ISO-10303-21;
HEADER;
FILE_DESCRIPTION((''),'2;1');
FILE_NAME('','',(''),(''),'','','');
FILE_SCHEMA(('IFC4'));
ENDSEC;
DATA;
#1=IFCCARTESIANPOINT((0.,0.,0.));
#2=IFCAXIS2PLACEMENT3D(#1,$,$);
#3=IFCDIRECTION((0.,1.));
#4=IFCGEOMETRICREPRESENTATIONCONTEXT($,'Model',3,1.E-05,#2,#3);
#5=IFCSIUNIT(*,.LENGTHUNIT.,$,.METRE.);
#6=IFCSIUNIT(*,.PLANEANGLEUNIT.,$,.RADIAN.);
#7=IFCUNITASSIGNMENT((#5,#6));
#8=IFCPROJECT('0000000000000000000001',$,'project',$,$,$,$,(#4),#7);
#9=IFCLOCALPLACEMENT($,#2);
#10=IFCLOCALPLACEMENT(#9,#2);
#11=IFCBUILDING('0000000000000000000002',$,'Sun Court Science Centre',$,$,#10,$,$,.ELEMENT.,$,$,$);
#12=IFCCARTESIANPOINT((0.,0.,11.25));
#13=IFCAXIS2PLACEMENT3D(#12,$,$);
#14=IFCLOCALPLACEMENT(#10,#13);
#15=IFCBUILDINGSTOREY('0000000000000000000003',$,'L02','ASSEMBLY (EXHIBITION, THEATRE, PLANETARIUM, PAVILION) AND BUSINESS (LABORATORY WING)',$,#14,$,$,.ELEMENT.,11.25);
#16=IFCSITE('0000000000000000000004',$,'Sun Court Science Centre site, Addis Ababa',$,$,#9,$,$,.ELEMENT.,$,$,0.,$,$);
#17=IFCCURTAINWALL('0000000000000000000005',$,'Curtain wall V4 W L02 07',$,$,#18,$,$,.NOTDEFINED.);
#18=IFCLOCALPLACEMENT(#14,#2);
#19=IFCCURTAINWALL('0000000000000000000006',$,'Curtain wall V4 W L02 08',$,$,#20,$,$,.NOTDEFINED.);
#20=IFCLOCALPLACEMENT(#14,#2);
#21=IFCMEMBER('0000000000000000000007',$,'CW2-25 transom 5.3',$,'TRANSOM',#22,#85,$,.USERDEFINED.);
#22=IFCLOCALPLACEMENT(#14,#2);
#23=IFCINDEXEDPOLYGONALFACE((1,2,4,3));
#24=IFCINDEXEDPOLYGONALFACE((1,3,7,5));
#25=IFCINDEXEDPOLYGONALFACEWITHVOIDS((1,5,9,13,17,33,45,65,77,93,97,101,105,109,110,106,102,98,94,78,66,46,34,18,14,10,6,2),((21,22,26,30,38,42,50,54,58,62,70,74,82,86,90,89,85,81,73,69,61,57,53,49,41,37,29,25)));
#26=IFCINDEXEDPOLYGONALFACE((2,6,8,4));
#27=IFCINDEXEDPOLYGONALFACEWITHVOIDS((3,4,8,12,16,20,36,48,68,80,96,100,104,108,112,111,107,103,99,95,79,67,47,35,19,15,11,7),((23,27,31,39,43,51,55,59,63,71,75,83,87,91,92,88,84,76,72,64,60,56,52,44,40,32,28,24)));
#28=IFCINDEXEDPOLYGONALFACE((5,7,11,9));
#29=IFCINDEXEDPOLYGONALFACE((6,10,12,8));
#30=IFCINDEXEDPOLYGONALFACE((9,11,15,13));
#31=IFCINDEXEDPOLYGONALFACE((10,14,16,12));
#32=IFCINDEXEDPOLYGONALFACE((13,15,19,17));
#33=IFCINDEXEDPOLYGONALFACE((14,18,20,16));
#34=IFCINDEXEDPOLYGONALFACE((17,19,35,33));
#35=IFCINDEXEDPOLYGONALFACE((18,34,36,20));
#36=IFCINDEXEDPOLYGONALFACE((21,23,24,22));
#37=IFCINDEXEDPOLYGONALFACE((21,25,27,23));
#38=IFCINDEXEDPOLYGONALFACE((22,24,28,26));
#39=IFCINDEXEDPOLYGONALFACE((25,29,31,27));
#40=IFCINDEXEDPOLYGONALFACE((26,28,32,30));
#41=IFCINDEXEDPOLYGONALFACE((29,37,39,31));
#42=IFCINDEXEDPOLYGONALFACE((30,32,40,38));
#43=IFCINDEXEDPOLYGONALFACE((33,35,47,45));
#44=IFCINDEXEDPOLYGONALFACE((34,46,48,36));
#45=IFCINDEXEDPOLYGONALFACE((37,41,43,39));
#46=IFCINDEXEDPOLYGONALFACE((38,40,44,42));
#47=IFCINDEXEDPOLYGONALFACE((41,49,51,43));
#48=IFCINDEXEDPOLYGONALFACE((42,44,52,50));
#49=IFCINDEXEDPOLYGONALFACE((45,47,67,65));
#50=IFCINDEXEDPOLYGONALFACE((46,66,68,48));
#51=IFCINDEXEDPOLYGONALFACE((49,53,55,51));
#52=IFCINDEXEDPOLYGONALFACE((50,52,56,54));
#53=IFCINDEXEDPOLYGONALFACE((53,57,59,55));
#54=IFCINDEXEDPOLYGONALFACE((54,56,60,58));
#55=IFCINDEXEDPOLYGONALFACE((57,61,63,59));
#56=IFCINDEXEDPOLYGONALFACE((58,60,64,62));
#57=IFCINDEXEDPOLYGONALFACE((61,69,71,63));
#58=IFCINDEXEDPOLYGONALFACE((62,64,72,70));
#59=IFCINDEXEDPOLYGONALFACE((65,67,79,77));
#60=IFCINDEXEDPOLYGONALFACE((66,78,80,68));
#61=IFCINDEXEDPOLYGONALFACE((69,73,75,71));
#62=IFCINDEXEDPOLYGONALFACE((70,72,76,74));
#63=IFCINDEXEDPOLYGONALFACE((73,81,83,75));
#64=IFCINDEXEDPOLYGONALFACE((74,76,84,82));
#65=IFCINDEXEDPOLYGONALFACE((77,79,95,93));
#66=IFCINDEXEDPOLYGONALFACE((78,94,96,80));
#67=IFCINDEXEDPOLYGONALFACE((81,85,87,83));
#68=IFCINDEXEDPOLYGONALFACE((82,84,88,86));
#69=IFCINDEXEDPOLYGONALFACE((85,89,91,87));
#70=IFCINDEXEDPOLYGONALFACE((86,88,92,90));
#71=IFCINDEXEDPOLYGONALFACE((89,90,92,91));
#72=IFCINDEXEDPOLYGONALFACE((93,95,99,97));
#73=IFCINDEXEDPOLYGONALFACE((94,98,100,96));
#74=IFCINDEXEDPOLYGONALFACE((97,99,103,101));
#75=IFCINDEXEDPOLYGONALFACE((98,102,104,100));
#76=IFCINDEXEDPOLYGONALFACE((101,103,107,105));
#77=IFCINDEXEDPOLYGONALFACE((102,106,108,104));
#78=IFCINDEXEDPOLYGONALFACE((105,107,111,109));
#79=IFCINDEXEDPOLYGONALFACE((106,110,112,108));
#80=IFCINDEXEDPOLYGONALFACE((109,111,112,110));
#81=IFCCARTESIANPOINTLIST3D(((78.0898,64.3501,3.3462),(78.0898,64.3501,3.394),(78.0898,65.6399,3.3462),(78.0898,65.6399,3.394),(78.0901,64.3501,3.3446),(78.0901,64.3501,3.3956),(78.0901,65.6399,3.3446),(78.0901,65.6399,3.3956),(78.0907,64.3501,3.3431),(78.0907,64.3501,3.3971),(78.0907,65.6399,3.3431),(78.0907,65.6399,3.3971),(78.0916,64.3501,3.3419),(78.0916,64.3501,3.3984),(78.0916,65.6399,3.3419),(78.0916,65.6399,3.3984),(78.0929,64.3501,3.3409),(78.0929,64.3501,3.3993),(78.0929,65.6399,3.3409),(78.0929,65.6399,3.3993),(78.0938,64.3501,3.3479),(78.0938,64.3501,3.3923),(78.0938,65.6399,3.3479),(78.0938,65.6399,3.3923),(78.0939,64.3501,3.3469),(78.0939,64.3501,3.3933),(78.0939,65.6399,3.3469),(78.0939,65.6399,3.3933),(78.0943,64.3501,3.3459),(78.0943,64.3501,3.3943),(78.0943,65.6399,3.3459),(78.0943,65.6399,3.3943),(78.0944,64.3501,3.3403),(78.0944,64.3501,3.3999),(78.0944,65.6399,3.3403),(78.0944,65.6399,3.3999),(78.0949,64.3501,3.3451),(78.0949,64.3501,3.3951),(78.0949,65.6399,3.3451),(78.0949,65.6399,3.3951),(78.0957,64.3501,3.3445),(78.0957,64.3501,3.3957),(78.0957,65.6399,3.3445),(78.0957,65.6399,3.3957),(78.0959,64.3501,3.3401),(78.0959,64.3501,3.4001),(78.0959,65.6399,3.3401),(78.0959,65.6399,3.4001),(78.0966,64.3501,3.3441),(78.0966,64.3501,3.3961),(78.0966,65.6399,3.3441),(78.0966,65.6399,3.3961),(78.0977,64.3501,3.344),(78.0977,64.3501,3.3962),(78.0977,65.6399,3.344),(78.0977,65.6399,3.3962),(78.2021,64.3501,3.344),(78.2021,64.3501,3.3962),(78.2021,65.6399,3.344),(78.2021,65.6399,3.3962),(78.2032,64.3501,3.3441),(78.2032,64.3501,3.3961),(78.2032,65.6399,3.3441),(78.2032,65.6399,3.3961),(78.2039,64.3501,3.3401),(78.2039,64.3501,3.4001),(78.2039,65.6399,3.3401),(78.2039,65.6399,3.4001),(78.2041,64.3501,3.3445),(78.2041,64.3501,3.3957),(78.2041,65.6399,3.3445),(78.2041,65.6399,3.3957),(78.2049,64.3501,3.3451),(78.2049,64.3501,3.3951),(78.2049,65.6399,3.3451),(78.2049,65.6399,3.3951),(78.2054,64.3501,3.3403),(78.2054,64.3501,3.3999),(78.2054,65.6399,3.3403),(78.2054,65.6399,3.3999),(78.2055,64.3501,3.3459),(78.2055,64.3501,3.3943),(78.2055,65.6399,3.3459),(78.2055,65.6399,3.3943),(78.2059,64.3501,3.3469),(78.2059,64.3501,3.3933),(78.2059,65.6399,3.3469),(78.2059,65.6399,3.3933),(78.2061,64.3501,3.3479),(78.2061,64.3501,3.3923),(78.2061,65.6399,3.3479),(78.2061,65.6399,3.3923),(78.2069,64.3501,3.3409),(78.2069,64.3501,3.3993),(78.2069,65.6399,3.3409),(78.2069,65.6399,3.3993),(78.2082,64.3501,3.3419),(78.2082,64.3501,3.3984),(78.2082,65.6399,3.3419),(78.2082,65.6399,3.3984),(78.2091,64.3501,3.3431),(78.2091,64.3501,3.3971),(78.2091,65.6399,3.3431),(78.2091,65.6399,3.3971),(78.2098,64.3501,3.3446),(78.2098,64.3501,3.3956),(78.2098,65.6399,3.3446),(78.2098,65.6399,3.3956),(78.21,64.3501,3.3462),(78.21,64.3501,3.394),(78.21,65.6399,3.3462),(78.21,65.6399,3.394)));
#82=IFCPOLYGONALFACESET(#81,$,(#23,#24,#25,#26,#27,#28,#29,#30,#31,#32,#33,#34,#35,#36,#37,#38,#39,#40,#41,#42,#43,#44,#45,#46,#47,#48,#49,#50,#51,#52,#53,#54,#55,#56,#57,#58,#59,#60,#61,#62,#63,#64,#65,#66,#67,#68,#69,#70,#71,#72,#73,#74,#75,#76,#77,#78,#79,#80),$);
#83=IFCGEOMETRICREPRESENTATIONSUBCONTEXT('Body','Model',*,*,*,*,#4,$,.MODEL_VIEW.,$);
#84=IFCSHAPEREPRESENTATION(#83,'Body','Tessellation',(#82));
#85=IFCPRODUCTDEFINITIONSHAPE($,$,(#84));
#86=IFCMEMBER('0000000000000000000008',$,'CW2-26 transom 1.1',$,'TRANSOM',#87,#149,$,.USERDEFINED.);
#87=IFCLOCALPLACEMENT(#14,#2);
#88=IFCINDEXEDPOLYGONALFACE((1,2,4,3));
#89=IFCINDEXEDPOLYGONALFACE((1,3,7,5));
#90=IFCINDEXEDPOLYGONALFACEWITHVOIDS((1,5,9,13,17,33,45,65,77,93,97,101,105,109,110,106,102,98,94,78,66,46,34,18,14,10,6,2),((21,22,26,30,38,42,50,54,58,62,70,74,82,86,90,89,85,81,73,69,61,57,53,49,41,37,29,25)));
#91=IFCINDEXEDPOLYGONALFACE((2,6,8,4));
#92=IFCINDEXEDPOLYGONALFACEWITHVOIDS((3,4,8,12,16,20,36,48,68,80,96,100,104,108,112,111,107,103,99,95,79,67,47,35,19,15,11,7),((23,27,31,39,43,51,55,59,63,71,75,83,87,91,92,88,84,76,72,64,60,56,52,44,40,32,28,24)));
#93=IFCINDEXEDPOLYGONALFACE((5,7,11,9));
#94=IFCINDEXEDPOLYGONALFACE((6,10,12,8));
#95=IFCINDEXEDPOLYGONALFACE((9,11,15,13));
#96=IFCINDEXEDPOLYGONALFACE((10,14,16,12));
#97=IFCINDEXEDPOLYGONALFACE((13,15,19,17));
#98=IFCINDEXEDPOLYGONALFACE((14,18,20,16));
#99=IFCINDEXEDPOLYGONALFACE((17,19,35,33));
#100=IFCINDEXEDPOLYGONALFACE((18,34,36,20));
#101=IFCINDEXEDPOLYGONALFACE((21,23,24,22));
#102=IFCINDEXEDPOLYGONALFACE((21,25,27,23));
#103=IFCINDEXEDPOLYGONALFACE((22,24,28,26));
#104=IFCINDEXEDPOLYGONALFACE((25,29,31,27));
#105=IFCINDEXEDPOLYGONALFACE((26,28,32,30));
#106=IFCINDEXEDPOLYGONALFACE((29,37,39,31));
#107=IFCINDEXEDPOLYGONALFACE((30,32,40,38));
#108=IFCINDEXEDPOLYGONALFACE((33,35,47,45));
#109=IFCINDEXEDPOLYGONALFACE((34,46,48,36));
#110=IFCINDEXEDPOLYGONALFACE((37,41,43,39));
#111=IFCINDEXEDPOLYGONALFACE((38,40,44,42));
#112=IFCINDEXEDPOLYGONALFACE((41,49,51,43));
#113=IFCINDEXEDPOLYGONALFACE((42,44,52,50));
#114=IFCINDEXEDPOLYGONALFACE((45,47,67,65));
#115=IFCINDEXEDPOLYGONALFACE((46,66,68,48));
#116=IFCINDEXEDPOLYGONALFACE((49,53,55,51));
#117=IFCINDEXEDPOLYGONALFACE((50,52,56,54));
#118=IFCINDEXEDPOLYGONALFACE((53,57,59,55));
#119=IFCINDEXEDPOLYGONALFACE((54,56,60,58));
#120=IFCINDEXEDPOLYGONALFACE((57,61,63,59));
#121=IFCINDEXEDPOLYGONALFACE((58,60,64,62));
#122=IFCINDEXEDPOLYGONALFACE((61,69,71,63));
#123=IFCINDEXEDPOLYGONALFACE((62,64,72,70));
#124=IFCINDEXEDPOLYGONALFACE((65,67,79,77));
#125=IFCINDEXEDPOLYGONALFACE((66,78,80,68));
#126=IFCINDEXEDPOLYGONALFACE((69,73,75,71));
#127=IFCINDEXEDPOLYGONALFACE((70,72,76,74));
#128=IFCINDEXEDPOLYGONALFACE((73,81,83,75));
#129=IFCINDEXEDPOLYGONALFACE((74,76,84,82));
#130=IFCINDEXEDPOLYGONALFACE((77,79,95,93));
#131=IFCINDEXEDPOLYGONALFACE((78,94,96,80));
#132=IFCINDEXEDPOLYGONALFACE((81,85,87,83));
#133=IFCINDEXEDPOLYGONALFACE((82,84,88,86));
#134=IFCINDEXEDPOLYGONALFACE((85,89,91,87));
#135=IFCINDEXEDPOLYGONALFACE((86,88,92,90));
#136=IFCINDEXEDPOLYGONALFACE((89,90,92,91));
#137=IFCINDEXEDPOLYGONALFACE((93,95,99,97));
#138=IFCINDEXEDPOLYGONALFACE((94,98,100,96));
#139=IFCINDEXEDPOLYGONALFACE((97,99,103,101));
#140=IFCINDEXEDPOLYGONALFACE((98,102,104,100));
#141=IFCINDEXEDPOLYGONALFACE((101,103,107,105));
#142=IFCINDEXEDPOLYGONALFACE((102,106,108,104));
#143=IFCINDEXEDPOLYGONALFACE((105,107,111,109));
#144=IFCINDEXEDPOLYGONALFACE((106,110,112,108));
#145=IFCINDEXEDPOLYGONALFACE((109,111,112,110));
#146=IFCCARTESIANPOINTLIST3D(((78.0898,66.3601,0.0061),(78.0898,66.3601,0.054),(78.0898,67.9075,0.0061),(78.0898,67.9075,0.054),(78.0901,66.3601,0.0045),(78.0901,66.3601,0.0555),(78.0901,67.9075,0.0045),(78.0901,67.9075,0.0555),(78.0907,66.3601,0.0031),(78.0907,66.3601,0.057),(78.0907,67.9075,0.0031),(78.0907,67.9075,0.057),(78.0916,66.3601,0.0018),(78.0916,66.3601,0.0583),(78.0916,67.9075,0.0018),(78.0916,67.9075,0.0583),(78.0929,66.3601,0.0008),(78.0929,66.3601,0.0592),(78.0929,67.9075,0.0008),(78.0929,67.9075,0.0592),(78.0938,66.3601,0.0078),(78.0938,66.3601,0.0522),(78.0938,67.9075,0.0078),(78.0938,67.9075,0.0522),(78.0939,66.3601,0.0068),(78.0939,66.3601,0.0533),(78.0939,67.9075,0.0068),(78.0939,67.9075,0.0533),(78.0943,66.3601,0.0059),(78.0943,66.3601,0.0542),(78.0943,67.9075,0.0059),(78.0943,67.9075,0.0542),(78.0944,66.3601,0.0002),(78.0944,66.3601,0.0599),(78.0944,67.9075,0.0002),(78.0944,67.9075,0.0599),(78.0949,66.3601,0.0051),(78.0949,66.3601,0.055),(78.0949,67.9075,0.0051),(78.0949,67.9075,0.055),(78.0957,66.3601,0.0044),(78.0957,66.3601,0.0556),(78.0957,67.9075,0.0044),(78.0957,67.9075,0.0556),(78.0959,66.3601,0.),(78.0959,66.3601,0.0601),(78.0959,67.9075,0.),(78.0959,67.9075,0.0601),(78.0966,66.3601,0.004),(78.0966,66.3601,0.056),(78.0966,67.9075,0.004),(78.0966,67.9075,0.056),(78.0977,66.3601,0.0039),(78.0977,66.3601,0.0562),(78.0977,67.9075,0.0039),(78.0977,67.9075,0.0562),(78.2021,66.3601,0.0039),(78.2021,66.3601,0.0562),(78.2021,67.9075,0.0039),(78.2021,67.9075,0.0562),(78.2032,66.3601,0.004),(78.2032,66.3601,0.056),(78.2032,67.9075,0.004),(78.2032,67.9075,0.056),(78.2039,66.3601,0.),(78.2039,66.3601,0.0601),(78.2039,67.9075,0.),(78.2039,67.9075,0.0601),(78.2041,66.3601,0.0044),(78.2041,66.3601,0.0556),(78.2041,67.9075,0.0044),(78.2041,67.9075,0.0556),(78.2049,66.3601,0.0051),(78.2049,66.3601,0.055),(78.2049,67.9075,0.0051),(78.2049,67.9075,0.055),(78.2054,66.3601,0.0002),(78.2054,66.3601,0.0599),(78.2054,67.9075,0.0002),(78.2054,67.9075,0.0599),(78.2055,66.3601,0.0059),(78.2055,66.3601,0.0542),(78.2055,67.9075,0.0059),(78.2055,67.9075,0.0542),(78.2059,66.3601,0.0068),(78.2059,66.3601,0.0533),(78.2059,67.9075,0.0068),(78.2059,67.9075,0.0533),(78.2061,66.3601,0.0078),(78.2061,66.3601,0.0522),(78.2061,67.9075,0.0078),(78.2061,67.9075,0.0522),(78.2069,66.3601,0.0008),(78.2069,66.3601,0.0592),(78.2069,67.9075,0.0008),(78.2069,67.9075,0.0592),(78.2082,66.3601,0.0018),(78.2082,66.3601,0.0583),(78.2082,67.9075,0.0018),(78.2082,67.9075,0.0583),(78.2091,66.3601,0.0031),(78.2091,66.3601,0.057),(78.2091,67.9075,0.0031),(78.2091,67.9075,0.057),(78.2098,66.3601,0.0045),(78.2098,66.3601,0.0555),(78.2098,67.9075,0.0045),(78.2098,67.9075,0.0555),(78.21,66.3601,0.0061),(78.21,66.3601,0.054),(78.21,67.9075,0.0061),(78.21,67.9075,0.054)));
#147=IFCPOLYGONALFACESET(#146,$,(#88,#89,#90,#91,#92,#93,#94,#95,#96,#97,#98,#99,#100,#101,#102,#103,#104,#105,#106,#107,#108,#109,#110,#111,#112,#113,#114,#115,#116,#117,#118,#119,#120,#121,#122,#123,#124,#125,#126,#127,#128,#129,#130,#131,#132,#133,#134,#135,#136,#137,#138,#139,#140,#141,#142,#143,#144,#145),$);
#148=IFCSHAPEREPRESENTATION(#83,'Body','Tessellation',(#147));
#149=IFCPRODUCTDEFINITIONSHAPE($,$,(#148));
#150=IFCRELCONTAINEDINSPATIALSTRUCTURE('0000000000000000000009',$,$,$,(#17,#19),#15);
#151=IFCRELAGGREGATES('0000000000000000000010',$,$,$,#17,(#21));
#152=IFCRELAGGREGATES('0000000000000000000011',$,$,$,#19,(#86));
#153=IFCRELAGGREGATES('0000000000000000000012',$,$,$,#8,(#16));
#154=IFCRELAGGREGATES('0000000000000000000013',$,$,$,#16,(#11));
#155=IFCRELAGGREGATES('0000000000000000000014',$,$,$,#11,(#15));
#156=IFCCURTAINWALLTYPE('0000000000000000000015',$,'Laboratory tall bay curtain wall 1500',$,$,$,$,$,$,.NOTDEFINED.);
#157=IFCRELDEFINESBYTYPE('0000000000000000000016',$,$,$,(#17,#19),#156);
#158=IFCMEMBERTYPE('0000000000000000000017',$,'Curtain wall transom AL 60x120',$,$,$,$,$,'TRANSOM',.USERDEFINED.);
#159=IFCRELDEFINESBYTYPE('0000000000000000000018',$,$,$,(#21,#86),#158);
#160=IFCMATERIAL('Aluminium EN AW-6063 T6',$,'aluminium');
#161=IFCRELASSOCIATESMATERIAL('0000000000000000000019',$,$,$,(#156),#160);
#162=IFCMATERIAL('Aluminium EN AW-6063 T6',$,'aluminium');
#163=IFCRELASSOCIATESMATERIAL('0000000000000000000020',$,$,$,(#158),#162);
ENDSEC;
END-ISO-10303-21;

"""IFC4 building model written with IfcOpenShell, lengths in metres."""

from ifc_helpers import new_model, si_unit, direction, frame, origin, origin_2d, place, context, subcontext, project, spatial, hollow_rectangle, extrude, material, material_profile, profile_set, type_object, element, aggregate, save


model = new_model("IFC4")

# Units and contexts
model_context = context("Model", 3, precision=1e-05, world=origin(), true_north=direction((0.0, 1.0)))
body_context = subcontext(model_context, "Body", "Model", "MODEL_VIEW")
ifc_project = project(units=[si_unit("LENGTHUNIT", "METRE"), si_unit("PLANEANGLEUNIT", "RADIAN")], contexts=[model_context])

# Site, building, storey
site_placement = place(None, origin())
site = spatial("IfcSite", under=ifc_project, at=site_placement, Name="Sun Court Science Centre site, Addis Ababa", CompositionType="ELEMENT", RefElevation=0.0)
building_placement = place(site_placement, origin())
building = spatial("IfcBuilding", under=site, at=building_placement, Name="Sun Court Science Centre", CompositionType="ELEMENT")
storey_placement = place(building_placement, frame((0.0, 0.0, 11.25)))
storey = spatial("IfcBuildingStorey", under=building, at=storey_placement, Name="L02", Description="ASSEMBLY (EXHIBITION, THEATRE, PLANETARIUM, PAVILION) AND BUSINESS (LABORATORY WING)", CompositionType="ELEMENT", Elevation=11.25)

# Curtain walls
ifc_material_1 = material(Name="Aluminium EN AW-6063 T6", Category="aluminium")
curtain_wall_type = type_object("IfcCurtainWallType", Name="Laboratory tall bay curtain wall 1500", PredefinedType="NOTDEFINED", material=ifc_material_1)
curtain_wall_1_placement = place(storey_placement, origin())
curtain_wall_1 = element("IfcCurtainWall", 1, at=curtain_wall_1_placement, inside=storey, type_object=curtain_wall_type, Name="Curtain wall V4 W L02 07", PredefinedType="NOTDEFINED")
curtain_wall_2_placement = place(storey_placement, origin())
curtain_wall_2 = element("IfcCurtainWall", 2, at=curtain_wall_2_placement, inside=storey, type_object=curtain_wall_type, Name="Curtain wall V4 W L02 08", PredefinedType="NOTDEFINED")

# Members
ifc_material_2 = material(Name="Aluminium EN AW-6063 T6", Category="aluminium")
ifc_material_profile_1 = material_profile(ifc_material_2, hollow_rectangle(XDim=0.0601, YDim=0.1201, WallThickness=0.0039, InnerFilletRadius=0.0039, OuterFilletRadius=0.0061, at=origin_2d()), Name="AL 60x120x4")
ifc_profile_set_1 = profile_set([ifc_material_profile_1], Name="Aluminium EN AW-6063 T6")
member_type_1 = type_object("IfcMemberType", Name="Curtain wall transom AL 60x120", ElementType="TRANSOM", PredefinedType="USERDEFINED", material=ifc_profile_set_1)
member_1_placement = place(storey_placement, frame((78.1499, 64.3501, 3.3701), z_axis=(0.0, 1.0, 0.0), x_axis=(0.0, 0.0, 1.0)))
member_1 = element("IfcMember", 3, at=member_1_placement, type_object=member_type_1, Name="CW2-25 transom 5.3", ObjectType="TRANSOM", PredefinedType="USERDEFINED", context=body_context, shape_type="SweptSolid", body=[
    extrude(hollow_rectangle(XDim=0.0601, YDim=0.1201, WallThickness=0.0039, InnerFilletRadius=0.0039, OuterFilletRadius=0.0061, at=origin_2d()), origin(), (0.0, 0.0, 1.0), 1.2898),
])
member_2_placement = place(storey_placement, frame((78.1499, 66.3601, 0.03), z_axis=(0.0, 1.0, 0.0), x_axis=(0.0, 0.0, 1.0)))
member_2 = element("IfcMember", 4, at=member_2_placement, type_object=member_type_1, Name="CW2-26 transom 1.1", ObjectType="TRANSOM", PredefinedType="USERDEFINED", context=body_context, shape_type="SweptSolid", body=[
    extrude(hollow_rectangle(XDim=0.0601, YDim=0.1201, WallThickness=0.0039, InnerFilletRadius=0.0039, OuterFilletRadius=0.0061, at=origin_2d()), origin(), (0.0, 0.0, 1.0), 1.5474),
])

aggregate(curtain_wall_1, [member_1])
aggregate(curtain_wall_2, [member_2])

save(model, "model.ifc")
